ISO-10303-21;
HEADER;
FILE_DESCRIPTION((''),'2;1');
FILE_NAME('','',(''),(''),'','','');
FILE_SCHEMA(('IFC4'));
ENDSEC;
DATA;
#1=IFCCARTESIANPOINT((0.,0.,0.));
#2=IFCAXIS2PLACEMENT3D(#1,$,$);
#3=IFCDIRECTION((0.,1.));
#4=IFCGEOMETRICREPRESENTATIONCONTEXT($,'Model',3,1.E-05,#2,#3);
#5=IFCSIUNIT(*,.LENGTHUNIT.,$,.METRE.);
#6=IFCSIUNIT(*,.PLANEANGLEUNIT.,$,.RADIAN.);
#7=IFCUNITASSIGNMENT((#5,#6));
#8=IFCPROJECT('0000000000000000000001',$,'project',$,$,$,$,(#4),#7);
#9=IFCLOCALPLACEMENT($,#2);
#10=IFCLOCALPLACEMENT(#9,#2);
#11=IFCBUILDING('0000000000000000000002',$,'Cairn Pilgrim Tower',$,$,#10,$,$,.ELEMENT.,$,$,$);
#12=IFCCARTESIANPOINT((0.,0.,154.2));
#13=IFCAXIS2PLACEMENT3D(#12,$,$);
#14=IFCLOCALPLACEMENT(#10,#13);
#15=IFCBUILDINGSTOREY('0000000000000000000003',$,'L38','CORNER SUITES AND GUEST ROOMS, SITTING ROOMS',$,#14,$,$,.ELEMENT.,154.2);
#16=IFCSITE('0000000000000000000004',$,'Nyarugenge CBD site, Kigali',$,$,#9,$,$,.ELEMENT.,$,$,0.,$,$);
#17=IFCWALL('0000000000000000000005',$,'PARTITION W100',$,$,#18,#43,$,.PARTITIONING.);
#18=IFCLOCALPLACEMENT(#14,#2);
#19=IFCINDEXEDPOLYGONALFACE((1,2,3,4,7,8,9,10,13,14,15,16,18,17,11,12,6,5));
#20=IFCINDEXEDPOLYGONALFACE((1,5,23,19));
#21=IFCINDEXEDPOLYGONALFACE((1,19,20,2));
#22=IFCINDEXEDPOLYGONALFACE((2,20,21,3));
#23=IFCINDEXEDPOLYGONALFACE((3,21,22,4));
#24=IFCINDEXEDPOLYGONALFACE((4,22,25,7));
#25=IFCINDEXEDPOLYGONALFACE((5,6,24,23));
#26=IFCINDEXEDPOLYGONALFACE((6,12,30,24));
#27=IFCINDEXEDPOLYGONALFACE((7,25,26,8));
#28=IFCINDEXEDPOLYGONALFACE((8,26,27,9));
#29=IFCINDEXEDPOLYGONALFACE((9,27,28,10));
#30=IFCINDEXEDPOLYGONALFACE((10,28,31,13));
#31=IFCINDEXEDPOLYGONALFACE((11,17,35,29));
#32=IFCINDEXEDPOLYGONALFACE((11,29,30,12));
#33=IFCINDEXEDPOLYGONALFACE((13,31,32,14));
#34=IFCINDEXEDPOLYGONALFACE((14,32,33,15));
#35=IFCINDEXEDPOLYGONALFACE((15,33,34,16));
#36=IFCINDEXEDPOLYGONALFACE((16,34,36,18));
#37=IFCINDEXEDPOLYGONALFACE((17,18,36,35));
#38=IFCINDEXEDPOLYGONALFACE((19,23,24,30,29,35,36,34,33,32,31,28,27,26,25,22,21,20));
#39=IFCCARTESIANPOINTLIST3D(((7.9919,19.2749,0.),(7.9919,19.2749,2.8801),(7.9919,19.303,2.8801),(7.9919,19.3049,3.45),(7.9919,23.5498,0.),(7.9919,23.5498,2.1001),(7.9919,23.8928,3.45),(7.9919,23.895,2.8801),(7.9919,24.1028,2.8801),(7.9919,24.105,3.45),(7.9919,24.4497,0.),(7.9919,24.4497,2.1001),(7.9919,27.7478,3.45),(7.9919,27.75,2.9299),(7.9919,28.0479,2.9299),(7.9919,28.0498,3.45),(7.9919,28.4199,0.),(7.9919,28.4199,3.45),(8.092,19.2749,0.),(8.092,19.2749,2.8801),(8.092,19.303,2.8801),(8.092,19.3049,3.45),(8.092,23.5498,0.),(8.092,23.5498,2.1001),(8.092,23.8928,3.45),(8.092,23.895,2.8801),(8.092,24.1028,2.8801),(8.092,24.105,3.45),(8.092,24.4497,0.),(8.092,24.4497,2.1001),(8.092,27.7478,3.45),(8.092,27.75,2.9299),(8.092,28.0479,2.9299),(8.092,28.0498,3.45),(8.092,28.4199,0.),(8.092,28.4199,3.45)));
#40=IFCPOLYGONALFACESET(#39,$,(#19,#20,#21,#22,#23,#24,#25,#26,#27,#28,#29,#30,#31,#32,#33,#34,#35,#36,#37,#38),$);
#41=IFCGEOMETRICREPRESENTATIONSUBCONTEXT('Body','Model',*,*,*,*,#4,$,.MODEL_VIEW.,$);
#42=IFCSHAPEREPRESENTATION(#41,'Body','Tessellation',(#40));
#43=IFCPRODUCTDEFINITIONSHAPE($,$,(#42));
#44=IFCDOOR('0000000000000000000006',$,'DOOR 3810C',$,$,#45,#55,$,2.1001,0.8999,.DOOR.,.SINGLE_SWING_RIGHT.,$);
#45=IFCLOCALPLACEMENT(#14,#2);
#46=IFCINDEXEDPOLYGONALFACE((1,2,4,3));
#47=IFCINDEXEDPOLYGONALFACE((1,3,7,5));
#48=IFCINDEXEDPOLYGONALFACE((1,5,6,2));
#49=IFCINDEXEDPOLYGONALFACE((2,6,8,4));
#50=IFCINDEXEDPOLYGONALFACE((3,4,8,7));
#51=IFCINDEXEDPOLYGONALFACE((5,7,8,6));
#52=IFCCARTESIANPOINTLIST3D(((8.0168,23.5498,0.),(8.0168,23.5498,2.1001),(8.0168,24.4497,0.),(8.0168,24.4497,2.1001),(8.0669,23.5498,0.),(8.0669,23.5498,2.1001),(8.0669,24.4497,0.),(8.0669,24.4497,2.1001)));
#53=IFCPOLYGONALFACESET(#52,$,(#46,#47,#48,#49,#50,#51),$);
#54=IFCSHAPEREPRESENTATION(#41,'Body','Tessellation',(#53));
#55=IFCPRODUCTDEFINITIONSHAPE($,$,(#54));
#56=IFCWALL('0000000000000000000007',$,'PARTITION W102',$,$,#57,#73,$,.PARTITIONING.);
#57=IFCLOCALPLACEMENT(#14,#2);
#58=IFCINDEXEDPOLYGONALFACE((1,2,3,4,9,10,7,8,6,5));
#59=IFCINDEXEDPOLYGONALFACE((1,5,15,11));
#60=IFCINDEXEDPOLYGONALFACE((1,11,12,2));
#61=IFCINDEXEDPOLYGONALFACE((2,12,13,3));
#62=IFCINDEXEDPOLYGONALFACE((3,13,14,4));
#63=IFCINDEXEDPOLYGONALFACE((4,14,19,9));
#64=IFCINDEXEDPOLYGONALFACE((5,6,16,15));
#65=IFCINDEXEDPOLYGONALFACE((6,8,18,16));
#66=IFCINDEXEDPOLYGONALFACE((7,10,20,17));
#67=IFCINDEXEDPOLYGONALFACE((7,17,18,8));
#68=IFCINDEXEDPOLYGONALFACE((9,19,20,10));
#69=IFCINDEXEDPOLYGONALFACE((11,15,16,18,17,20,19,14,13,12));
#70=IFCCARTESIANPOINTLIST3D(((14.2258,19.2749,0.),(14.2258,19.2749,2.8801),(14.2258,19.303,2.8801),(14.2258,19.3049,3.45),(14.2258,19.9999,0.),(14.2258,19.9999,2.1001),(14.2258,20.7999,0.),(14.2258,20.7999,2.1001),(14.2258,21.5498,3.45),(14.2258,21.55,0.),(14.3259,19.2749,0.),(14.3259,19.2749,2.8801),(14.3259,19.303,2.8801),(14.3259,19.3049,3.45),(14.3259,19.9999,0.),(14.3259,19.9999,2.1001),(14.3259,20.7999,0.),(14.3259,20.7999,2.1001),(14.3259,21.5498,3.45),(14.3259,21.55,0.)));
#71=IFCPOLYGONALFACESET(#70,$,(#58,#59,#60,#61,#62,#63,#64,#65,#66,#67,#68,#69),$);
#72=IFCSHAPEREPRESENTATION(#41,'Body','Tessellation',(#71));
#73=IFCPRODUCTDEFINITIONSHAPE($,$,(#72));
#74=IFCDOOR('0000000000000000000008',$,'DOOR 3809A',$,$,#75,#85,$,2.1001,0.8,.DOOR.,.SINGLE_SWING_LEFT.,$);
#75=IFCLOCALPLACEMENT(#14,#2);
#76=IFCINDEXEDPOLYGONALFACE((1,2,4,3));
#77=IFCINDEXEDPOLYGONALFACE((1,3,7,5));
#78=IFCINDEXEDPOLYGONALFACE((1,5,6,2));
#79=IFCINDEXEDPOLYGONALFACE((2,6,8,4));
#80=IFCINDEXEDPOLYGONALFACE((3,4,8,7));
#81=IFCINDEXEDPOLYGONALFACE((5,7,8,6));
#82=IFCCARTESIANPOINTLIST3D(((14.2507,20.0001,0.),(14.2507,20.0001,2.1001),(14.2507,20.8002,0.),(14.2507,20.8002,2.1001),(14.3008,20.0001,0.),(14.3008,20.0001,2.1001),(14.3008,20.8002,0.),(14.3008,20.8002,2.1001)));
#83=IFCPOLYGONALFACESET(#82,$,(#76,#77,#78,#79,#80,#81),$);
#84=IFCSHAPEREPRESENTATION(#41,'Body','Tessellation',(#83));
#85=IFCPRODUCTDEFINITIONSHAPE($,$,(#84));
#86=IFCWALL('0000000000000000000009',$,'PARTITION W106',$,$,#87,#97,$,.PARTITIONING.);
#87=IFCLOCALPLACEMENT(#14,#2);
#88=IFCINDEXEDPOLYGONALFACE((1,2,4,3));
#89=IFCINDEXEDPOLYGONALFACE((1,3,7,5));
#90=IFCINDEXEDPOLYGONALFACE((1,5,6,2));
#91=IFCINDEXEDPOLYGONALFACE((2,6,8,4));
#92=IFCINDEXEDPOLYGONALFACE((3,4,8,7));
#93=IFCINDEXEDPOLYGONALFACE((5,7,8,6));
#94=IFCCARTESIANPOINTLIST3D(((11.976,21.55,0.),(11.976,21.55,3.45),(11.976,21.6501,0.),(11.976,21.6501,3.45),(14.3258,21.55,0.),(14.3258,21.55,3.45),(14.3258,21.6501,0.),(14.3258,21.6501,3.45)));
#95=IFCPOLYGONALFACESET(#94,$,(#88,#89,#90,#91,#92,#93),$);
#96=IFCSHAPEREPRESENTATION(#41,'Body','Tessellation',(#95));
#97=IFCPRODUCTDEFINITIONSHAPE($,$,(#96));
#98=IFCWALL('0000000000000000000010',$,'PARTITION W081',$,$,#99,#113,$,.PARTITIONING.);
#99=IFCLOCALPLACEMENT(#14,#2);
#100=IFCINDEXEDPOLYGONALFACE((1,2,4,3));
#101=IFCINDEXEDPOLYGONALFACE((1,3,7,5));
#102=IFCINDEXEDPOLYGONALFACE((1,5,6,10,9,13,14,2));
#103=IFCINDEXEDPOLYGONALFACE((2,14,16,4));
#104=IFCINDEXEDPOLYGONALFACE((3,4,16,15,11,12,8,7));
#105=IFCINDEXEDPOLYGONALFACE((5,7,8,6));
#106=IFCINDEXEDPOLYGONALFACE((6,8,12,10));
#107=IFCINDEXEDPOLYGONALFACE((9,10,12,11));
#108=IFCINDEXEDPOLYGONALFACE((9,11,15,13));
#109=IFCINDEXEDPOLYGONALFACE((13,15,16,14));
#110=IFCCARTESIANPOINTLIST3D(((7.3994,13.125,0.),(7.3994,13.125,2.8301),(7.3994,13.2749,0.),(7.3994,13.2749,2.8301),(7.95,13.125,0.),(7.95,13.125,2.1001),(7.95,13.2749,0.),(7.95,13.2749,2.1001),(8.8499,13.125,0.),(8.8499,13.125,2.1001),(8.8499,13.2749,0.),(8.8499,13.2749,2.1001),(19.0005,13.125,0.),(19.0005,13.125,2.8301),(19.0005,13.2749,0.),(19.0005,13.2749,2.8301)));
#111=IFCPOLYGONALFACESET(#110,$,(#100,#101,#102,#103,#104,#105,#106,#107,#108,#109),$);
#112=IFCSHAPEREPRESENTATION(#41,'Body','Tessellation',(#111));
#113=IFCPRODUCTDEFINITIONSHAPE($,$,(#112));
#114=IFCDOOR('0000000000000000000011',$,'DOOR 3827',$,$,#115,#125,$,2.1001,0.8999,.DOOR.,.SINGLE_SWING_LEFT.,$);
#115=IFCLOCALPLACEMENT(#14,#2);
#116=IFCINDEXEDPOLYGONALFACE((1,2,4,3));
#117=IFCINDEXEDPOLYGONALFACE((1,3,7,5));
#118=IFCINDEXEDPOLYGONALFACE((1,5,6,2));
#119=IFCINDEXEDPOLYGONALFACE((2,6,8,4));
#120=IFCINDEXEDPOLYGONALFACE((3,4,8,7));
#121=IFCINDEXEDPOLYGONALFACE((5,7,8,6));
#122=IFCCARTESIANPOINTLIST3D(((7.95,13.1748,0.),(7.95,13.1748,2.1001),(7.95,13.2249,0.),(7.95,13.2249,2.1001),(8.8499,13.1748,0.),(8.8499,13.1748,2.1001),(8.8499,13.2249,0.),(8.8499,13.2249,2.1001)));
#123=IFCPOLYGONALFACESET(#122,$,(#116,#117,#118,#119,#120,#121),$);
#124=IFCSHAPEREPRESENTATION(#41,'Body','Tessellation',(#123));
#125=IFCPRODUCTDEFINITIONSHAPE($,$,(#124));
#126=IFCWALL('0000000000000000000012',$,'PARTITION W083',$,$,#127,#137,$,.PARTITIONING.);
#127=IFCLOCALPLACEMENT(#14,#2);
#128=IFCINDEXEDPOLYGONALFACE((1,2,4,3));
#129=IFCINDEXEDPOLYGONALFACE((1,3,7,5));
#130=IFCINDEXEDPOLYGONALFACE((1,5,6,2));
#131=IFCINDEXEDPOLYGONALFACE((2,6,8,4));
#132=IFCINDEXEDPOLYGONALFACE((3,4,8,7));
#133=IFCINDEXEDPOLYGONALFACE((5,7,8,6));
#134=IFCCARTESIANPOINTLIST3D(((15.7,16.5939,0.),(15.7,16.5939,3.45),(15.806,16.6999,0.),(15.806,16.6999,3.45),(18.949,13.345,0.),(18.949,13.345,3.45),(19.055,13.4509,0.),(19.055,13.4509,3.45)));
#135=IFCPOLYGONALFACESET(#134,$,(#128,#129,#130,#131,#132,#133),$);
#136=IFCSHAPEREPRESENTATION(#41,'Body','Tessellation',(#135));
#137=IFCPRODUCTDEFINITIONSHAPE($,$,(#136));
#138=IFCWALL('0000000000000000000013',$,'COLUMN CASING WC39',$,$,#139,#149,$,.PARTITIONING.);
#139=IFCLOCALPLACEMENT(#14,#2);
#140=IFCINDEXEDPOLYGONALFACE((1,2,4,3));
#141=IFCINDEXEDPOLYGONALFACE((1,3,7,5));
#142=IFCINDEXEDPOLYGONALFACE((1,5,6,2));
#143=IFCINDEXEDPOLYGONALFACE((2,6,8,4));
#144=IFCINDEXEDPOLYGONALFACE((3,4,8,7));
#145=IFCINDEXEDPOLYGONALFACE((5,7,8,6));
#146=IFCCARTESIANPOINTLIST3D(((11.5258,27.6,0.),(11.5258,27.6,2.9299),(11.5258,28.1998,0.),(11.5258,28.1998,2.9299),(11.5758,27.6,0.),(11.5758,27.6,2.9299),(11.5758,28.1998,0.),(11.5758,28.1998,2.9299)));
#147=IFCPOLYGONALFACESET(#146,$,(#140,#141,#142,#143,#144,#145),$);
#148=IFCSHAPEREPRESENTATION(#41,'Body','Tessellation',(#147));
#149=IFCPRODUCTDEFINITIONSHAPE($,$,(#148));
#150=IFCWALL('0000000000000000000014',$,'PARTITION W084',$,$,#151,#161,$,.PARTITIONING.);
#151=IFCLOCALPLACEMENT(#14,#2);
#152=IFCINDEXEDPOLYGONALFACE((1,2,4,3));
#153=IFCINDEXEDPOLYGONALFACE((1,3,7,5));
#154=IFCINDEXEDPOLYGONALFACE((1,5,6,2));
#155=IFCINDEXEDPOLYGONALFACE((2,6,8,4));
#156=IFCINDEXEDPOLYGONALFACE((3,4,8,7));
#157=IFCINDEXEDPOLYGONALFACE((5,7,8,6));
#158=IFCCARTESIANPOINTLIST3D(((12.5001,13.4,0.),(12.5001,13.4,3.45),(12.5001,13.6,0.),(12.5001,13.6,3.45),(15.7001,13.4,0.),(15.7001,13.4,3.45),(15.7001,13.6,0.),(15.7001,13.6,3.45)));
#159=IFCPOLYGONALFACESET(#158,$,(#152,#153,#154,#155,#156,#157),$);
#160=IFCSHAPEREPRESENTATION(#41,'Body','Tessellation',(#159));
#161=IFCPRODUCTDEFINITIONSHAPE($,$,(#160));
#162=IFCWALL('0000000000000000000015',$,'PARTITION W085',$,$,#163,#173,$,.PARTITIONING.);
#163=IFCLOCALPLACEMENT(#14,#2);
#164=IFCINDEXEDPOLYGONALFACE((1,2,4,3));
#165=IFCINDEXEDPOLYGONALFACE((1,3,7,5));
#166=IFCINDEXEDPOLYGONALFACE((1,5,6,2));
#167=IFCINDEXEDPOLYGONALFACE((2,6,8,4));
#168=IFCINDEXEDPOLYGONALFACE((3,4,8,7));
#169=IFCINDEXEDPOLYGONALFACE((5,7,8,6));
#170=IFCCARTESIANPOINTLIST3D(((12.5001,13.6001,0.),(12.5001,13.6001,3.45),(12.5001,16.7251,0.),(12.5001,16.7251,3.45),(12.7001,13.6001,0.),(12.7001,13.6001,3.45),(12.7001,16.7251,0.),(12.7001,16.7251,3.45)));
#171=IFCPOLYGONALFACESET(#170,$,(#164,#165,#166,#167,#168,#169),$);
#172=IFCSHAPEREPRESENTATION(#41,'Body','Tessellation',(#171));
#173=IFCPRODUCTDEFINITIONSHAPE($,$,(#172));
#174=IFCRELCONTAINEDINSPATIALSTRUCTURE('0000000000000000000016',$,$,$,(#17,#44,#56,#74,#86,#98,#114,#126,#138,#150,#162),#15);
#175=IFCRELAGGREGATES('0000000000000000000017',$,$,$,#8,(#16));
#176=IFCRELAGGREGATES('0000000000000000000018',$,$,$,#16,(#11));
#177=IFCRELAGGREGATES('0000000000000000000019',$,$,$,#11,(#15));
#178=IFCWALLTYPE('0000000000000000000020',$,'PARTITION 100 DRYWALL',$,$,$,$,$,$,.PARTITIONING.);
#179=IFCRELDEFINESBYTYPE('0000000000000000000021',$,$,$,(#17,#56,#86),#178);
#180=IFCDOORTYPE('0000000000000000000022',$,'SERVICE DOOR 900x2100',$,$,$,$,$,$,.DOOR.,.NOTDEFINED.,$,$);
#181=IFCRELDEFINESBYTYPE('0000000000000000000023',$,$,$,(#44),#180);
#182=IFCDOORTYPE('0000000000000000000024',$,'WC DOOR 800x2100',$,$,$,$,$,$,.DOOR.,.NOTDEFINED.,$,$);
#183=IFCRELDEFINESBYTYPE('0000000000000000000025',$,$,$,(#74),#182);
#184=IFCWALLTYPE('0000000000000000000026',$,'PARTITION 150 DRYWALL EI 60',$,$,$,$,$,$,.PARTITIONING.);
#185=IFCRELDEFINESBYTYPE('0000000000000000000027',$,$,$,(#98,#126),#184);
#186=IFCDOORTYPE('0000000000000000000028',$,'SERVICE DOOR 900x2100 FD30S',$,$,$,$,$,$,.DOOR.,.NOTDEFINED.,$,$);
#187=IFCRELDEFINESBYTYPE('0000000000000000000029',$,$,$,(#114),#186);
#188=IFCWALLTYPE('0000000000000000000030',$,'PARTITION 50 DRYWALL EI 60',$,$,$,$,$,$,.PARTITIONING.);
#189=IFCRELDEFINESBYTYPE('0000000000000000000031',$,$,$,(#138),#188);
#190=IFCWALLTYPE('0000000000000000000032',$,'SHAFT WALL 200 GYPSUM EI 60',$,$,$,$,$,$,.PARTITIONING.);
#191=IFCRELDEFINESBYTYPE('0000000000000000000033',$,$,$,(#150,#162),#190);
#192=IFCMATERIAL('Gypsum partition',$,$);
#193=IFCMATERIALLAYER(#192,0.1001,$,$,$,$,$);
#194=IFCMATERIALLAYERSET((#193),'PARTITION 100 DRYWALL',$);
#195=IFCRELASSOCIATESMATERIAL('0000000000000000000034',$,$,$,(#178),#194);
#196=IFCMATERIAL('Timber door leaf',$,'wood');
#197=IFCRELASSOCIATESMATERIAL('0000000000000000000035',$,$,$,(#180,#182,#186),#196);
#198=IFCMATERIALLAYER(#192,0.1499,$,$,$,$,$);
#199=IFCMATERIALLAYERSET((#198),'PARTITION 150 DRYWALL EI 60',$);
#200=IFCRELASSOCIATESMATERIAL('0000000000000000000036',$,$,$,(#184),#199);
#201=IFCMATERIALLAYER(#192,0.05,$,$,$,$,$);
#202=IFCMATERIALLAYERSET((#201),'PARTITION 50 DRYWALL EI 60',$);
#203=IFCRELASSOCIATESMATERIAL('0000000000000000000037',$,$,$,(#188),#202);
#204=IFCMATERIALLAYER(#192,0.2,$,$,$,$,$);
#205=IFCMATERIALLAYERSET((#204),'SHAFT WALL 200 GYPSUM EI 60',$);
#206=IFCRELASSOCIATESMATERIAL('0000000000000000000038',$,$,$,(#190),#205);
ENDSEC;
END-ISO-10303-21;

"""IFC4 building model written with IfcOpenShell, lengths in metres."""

from ifc_helpers import new_model, si_unit, direction, frame, frame_2d, origin, place, context, subcontext, project, spatial, polyline, rectangle, outline, extrude, material, layer, layer_set, type_object, element, fill, save


model = new_model("IFC4")

# Units and contexts
model_context = context("Model", 3, precision=1e-05, world=origin(), true_north=direction((0.0, 1.0)))
body_context = subcontext(model_context, "Body", "Model", "MODEL_VIEW")
ifc_project = project(units=[si_unit("LENGTHUNIT", "METRE"), si_unit("PLANEANGLEUNIT", "RADIAN")], contexts=[model_context])

# Site, building, storey
site_placement = place(None, origin())
site = spatial("IfcSite", under=ifc_project, at=site_placement, Name="Nyarugenge CBD site, Kigali", CompositionType="ELEMENT", RefElevation=0.0)
building_placement = place(site_placement, origin())
building = spatial("IfcBuilding", under=site, at=building_placement, Name="Cairn Pilgrim Tower", CompositionType="ELEMENT")
storey_placement = place(building_placement, frame((0.0, 0.0, 154.2)))
storey = spatial("IfcBuildingStorey", under=building, at=storey_placement, Name="L38", Description="CORNER SUITES AND GUEST ROOMS, SITTING ROOMS", CompositionType="ELEMENT", Elevation=154.2)

# Walls, openings, doors
ifc_material_1 = material(Name="Gypsum partition")
ifc_layer_1 = layer(ifc_material_1, 0.1001)
ifc_layer_set_1 = layer_set([ifc_layer_1], Name="PARTITION 100 DRYWALL")
wall_type_1 = type_object("IfcWallType", Name="PARTITION 100 DRYWALL", PredefinedType="PARTITIONING", material=ifc_layer_set_1)
wall_1_placement = place(storey_placement, frame((8.042, 19.2749, 0.0), z_axis=(0.0, 0.0, 1.0), x_axis=(0.0, 1.0, 0.0)))
wall_1 = element("IfcWall", 1, at=wall_1_placement, inside=storey, type_object=wall_type_1, Name="PARTITION W100", PredefinedType="PARTITIONING", context=body_context, shape_type="SweptSolid", body=[
    extrude(outline(polyline([(0.0, 0.0), (9.145, 0.0), (9.145, 3.45), (8.7749, 3.45), (8.7729, 2.9299), (8.4751, 2.9299), (8.4729, 3.45), (4.8301, 3.45), (4.8279, 2.8801), (4.6201, 2.8801), (4.6179, 3.45), (0.03, 3.45), (0.0281, 2.8801), (0.0, 2.8801), (0.0, 0.0)])), frame((0.0, 0.05, 0.0), z_axis=(0.0, -1.0, 0.0), x_axis=(1.0, 0.0, 0.0)), (0.0, 0.0, 1.0), 0.1001),
])
opening_1_placement = place(wall_1_placement, frame((4.2749, 0.0, 0.0)))
opening_1 = element("IfcOpeningElement", 2, at=opening_1_placement, cuts=wall_1, PredefinedType="OPENING", context=body_context, shape_type="SweptSolid", body=[
    extrude(rectangle(XDim=0.8999, YDim=2.1001, at=frame_2d((0.45, 1.05))), frame((0.0, 0.0601, 0.0), z_axis=(0.0, -1.0, 0.0), x_axis=(1.0, 0.0, 0.0)), (0.0, 0.0, 1.0), 0.1201),
])
ifc_material_2 = material(Name="Timber door leaf", Category="wood")
door_type_1 = type_object("IfcDoorType", Name="SERVICE DOOR 900x2100", OperationType="NOTDEFINED", PredefinedType="DOOR", material=ifc_material_2)
door_1_placement = place(opening_1_placement, frame((0.8999, 0.0, 0.0), z_axis=(0.0, 0.0, 1.0), x_axis=(-1.0, 0.0, 0.0)))
door_1 = element("IfcDoor", 3, at=door_1_placement, inside=storey, type_object=door_type_1, Name="DOOR 3810C", OperationType="SINGLE_SWING_RIGHT", OverallHeight=2.1001, OverallWidth=0.8999, PredefinedType="DOOR", context=body_context, shape_type="SweptSolid", body=[
    extrude(rectangle(XDim=0.8999, YDim=2.1001, at=frame_2d((0.45, 1.05))), frame((0.0, 0.0249, 0.0), z_axis=(0.0, -1.0, 0.0), x_axis=(1.0, 0.0, 0.0)), (0.0, 0.0, 1.0), 0.05),
])
fill(opening_1, door_1)
wall_2_placement = place(storey_placement, frame((14.2759, 19.2749, 0.0), z_axis=(0.0, 0.0, 1.0), x_axis=(0.0, 1.0, 0.0)))
wall_2 = element("IfcWall", 4, at=wall_2_placement, inside=storey, type_object=wall_type_1, Name="PARTITION W102", PredefinedType="PARTITIONING", context=body_context, shape_type="SweptSolid", body=[
    extrude(outline(polyline([(0.0, 0.0), (2.2751, 0.0), (2.2749, 3.45), (0.03, 3.45), (0.0281, 2.8801), (0.0, 2.8801), (0.0, 0.0)])), frame((0.0, 0.05, 0.0), z_axis=(0.0, -1.0, 0.0), x_axis=(1.0, 0.0, 0.0)), (0.0, 0.0, 1.0), 0.1001),
])
opening_2_placement = place(wall_2_placement, frame((0.7251, 0.0, 0.0)))
opening_2 = element("IfcOpeningElement", 5, at=opening_2_placement, cuts=wall_2, PredefinedType="OPENING", context=body_context, shape_type="SweptSolid", body=[
    extrude(rectangle(XDim=0.8, YDim=2.1001, at=frame_2d((0.3999, 1.05))), frame((0.0, 0.0601, 0.0), z_axis=(0.0, -1.0, 0.0), x_axis=(1.0, 0.0, 0.0)), (0.0, 0.0, 1.0), 0.1201),
])
door_type_2 = type_object("IfcDoorType", Name="WC DOOR 800x2100", OperationType="NOTDEFINED", PredefinedType="DOOR", material=ifc_material_2)
door_2_placement = place(opening_2_placement, frame((0.8, 0.0, 0.0), z_axis=(0.0, 0.0, 1.0), x_axis=(-1.0, 0.0, 0.0)))
door_2 = element("IfcDoor", 6, at=door_2_placement, inside=storey, type_object=door_type_2, Name="DOOR 3809A", OperationType="SINGLE_SWING_LEFT", OverallHeight=2.1001, OverallWidth=0.8, PredefinedType="DOOR", context=body_context, shape_type="SweptSolid", body=[
    extrude(rectangle(XDim=0.8, YDim=2.1001, at=frame_2d((0.3999, 1.05))), frame((0.0, 0.0249, 0.0), z_axis=(0.0, -1.0, 0.0), x_axis=(1.0, 0.0, 0.0)), (0.0, 0.0, 1.0), 0.05),
])
fill(opening_2, door_2)

# Wall
wall_3_placement = place(storey_placement, frame((11.9761, 21.6001, 0.0), z_axis=(0.0, 0.0, 1.0), x_axis=(1.0, 0.0, 0.0)))
element("IfcWall", 7, at=wall_3_placement, inside=storey, type_object=wall_type_1, Name="PARTITION W106", PredefinedType="PARTITIONING", context=body_context, shape_type="SweptSolid", body=[
    extrude(rectangle(XDim=2.3499, YDim=0.1001, at=frame_2d((1.1748, 0.0))), origin(), (0.0, 0.0, 1.0), 3.45),
])

# Wall, opening, door
ifc_layer_2 = layer(ifc_material_1, 0.1499)
ifc_layer_set_2 = layer_set([ifc_layer_2], Name="PARTITION 150 DRYWALL EI 60")
wall_type_2 = type_object("IfcWallType", Name="PARTITION 150 DRYWALL EI 60", PredefinedType="PARTITIONING", material=ifc_layer_set_2)
wall_4_placement = place(storey_placement, frame((7.3994, 13.2, 0.0), z_axis=(0.0, 0.0, 1.0), x_axis=(1.0, 0.0, 0.0)))
wall_4 = element("IfcWall", 8, at=wall_4_placement, inside=storey, type_object=wall_type_2, Name="PARTITION W081", PredefinedType="PARTITIONING", context=body_context, shape_type="SweptSolid", body=[
    extrude(rectangle(XDim=11.6011, YDim=0.1499, at=frame_2d((5.8005, 0.0))), origin(), (0.0, 0.0, 1.0), 2.8301),
])
opening_3_placement = place(wall_4_placement, frame((0.5505, 0.0, 0.0)))
opening_3 = element("IfcOpeningElement", 9, at=opening_3_placement, cuts=wall_4, PredefinedType="OPENING", context=body_context, shape_type="SweptSolid", body=[
    extrude(rectangle(XDim=0.8999, YDim=2.1001, at=frame_2d((0.45, 1.05))), frame((0.0, 0.085, 0.0), z_axis=(0.0, -1.0, 0.0), x_axis=(1.0, 0.0, 0.0)), (0.0, 0.0, 1.0), 0.1699),
])
door_type_3 = type_object("IfcDoorType", Name="SERVICE DOOR 900x2100 FD30S", OperationType="NOTDEFINED", PredefinedType="DOOR", material=ifc_material_2)
door_3_placement = place(opening_3_placement, origin())
door_3 = element("IfcDoor", 10, at=door_3_placement, inside=storey, type_object=door_type_3, Name="DOOR 3827", OperationType="SINGLE_SWING_LEFT", OverallHeight=2.1001, OverallWidth=0.8999, PredefinedType="DOOR", context=body_context, shape_type="SweptSolid", body=[
    extrude(rectangle(XDim=0.8999, YDim=2.1001, at=frame_2d((0.45, 1.05))), frame((0.0, 0.0249, 0.0), z_axis=(0.0, -1.0, 0.0), x_axis=(1.0, 0.0, 0.0)), (0.0, 0.0, 1.0), 0.05),
])
fill(opening_3, door_3)

# Walls
wall_5_placement = place(storey_placement, frame((19.002, 13.3979, 0.0), z_axis=(0.0, 0.0, 1.0), x_axis=(-0.707107, 0.707107, 0.0)))
element("IfcWall", 11, at=wall_5_placement, inside=storey, type_object=wall_type_2, Name="PARTITION W083", PredefinedType="PARTITIONING", context=body_context, shape_type="SweptSolid", body=[
    extrude(rectangle(XDim=4.5947, YDim=0.1499, at=frame_2d((2.2974, 0.0))), origin(), (0.0, 0.0, 1.0), 3.45),
])
ifc_layer_3 = layer(ifc_material_1, 0.05)
ifc_layer_set_3 = layer_set([ifc_layer_3], Name="PARTITION 50 DRYWALL EI 60")
wall_type_3 = type_object("IfcWallType", Name="PARTITION 50 DRYWALL EI 60", PredefinedType="PARTITIONING", material=ifc_layer_set_3)
wall_6_placement = place(storey_placement, frame((11.5508, 27.6001, 0.0), z_axis=(0.0, 0.0, 1.0), x_axis=(0.0, 1.0, 0.0)))
element("IfcWall", 12, at=wall_6_placement, inside=storey, type_object=wall_type_3, Name="COLUMN CASING WC39", PredefinedType="PARTITIONING", context=body_context, shape_type="SweptSolid", body=[
    extrude(rectangle(XDim=0.5999, YDim=0.05, at=frame_2d((0.2998, 0.0))), origin(), (0.0, 0.0, 1.0), 2.9299),
])
ifc_layer_4 = layer(ifc_material_1, 0.2)
ifc_layer_set_4 = layer_set([ifc_layer_4], Name="SHAFT WALL 200 GYPSUM EI 60")
wall_type_4 = type_object("IfcWallType", Name="SHAFT WALL 200 GYPSUM EI 60", PredefinedType="PARTITIONING", material=ifc_layer_set_4)
wall_7_placement = place(storey_placement, frame((12.5, 13.5, 0.0), z_axis=(0.0, 0.0, 1.0), x_axis=(1.0, 0.0, 0.0)))
element("IfcWall", 13, at=wall_7_placement, inside=storey, type_object=wall_type_4, Name="PARTITION W084", PredefinedType="PARTITIONING", context=body_context, shape_type="SweptSolid", body=[
    extrude(rectangle(XDim=3.2, YDim=0.2, at=frame_2d((1.6001, 0.0))), origin(), (0.0, 0.0, 1.0), 3.45),
])
wall_8_placement = place(storey_placement, frame((12.6001, 13.6001, 0.0), z_axis=(0.0, 0.0, 1.0), x_axis=(0.0, 1.0, 0.0)))
element("IfcWall", 14, at=wall_8_placement, inside=storey, type_object=wall_type_4, Name="PARTITION W085", PredefinedType="PARTITIONING", context=body_context, shape_type="SweptSolid", body=[
    extrude(rectangle(XDim=3.125, YDim=0.2, at=frame_2d((1.5625, 0.0))), origin(), (0.0, 0.0, 1.0), 3.45),
])

save(model, "model.ifc")
